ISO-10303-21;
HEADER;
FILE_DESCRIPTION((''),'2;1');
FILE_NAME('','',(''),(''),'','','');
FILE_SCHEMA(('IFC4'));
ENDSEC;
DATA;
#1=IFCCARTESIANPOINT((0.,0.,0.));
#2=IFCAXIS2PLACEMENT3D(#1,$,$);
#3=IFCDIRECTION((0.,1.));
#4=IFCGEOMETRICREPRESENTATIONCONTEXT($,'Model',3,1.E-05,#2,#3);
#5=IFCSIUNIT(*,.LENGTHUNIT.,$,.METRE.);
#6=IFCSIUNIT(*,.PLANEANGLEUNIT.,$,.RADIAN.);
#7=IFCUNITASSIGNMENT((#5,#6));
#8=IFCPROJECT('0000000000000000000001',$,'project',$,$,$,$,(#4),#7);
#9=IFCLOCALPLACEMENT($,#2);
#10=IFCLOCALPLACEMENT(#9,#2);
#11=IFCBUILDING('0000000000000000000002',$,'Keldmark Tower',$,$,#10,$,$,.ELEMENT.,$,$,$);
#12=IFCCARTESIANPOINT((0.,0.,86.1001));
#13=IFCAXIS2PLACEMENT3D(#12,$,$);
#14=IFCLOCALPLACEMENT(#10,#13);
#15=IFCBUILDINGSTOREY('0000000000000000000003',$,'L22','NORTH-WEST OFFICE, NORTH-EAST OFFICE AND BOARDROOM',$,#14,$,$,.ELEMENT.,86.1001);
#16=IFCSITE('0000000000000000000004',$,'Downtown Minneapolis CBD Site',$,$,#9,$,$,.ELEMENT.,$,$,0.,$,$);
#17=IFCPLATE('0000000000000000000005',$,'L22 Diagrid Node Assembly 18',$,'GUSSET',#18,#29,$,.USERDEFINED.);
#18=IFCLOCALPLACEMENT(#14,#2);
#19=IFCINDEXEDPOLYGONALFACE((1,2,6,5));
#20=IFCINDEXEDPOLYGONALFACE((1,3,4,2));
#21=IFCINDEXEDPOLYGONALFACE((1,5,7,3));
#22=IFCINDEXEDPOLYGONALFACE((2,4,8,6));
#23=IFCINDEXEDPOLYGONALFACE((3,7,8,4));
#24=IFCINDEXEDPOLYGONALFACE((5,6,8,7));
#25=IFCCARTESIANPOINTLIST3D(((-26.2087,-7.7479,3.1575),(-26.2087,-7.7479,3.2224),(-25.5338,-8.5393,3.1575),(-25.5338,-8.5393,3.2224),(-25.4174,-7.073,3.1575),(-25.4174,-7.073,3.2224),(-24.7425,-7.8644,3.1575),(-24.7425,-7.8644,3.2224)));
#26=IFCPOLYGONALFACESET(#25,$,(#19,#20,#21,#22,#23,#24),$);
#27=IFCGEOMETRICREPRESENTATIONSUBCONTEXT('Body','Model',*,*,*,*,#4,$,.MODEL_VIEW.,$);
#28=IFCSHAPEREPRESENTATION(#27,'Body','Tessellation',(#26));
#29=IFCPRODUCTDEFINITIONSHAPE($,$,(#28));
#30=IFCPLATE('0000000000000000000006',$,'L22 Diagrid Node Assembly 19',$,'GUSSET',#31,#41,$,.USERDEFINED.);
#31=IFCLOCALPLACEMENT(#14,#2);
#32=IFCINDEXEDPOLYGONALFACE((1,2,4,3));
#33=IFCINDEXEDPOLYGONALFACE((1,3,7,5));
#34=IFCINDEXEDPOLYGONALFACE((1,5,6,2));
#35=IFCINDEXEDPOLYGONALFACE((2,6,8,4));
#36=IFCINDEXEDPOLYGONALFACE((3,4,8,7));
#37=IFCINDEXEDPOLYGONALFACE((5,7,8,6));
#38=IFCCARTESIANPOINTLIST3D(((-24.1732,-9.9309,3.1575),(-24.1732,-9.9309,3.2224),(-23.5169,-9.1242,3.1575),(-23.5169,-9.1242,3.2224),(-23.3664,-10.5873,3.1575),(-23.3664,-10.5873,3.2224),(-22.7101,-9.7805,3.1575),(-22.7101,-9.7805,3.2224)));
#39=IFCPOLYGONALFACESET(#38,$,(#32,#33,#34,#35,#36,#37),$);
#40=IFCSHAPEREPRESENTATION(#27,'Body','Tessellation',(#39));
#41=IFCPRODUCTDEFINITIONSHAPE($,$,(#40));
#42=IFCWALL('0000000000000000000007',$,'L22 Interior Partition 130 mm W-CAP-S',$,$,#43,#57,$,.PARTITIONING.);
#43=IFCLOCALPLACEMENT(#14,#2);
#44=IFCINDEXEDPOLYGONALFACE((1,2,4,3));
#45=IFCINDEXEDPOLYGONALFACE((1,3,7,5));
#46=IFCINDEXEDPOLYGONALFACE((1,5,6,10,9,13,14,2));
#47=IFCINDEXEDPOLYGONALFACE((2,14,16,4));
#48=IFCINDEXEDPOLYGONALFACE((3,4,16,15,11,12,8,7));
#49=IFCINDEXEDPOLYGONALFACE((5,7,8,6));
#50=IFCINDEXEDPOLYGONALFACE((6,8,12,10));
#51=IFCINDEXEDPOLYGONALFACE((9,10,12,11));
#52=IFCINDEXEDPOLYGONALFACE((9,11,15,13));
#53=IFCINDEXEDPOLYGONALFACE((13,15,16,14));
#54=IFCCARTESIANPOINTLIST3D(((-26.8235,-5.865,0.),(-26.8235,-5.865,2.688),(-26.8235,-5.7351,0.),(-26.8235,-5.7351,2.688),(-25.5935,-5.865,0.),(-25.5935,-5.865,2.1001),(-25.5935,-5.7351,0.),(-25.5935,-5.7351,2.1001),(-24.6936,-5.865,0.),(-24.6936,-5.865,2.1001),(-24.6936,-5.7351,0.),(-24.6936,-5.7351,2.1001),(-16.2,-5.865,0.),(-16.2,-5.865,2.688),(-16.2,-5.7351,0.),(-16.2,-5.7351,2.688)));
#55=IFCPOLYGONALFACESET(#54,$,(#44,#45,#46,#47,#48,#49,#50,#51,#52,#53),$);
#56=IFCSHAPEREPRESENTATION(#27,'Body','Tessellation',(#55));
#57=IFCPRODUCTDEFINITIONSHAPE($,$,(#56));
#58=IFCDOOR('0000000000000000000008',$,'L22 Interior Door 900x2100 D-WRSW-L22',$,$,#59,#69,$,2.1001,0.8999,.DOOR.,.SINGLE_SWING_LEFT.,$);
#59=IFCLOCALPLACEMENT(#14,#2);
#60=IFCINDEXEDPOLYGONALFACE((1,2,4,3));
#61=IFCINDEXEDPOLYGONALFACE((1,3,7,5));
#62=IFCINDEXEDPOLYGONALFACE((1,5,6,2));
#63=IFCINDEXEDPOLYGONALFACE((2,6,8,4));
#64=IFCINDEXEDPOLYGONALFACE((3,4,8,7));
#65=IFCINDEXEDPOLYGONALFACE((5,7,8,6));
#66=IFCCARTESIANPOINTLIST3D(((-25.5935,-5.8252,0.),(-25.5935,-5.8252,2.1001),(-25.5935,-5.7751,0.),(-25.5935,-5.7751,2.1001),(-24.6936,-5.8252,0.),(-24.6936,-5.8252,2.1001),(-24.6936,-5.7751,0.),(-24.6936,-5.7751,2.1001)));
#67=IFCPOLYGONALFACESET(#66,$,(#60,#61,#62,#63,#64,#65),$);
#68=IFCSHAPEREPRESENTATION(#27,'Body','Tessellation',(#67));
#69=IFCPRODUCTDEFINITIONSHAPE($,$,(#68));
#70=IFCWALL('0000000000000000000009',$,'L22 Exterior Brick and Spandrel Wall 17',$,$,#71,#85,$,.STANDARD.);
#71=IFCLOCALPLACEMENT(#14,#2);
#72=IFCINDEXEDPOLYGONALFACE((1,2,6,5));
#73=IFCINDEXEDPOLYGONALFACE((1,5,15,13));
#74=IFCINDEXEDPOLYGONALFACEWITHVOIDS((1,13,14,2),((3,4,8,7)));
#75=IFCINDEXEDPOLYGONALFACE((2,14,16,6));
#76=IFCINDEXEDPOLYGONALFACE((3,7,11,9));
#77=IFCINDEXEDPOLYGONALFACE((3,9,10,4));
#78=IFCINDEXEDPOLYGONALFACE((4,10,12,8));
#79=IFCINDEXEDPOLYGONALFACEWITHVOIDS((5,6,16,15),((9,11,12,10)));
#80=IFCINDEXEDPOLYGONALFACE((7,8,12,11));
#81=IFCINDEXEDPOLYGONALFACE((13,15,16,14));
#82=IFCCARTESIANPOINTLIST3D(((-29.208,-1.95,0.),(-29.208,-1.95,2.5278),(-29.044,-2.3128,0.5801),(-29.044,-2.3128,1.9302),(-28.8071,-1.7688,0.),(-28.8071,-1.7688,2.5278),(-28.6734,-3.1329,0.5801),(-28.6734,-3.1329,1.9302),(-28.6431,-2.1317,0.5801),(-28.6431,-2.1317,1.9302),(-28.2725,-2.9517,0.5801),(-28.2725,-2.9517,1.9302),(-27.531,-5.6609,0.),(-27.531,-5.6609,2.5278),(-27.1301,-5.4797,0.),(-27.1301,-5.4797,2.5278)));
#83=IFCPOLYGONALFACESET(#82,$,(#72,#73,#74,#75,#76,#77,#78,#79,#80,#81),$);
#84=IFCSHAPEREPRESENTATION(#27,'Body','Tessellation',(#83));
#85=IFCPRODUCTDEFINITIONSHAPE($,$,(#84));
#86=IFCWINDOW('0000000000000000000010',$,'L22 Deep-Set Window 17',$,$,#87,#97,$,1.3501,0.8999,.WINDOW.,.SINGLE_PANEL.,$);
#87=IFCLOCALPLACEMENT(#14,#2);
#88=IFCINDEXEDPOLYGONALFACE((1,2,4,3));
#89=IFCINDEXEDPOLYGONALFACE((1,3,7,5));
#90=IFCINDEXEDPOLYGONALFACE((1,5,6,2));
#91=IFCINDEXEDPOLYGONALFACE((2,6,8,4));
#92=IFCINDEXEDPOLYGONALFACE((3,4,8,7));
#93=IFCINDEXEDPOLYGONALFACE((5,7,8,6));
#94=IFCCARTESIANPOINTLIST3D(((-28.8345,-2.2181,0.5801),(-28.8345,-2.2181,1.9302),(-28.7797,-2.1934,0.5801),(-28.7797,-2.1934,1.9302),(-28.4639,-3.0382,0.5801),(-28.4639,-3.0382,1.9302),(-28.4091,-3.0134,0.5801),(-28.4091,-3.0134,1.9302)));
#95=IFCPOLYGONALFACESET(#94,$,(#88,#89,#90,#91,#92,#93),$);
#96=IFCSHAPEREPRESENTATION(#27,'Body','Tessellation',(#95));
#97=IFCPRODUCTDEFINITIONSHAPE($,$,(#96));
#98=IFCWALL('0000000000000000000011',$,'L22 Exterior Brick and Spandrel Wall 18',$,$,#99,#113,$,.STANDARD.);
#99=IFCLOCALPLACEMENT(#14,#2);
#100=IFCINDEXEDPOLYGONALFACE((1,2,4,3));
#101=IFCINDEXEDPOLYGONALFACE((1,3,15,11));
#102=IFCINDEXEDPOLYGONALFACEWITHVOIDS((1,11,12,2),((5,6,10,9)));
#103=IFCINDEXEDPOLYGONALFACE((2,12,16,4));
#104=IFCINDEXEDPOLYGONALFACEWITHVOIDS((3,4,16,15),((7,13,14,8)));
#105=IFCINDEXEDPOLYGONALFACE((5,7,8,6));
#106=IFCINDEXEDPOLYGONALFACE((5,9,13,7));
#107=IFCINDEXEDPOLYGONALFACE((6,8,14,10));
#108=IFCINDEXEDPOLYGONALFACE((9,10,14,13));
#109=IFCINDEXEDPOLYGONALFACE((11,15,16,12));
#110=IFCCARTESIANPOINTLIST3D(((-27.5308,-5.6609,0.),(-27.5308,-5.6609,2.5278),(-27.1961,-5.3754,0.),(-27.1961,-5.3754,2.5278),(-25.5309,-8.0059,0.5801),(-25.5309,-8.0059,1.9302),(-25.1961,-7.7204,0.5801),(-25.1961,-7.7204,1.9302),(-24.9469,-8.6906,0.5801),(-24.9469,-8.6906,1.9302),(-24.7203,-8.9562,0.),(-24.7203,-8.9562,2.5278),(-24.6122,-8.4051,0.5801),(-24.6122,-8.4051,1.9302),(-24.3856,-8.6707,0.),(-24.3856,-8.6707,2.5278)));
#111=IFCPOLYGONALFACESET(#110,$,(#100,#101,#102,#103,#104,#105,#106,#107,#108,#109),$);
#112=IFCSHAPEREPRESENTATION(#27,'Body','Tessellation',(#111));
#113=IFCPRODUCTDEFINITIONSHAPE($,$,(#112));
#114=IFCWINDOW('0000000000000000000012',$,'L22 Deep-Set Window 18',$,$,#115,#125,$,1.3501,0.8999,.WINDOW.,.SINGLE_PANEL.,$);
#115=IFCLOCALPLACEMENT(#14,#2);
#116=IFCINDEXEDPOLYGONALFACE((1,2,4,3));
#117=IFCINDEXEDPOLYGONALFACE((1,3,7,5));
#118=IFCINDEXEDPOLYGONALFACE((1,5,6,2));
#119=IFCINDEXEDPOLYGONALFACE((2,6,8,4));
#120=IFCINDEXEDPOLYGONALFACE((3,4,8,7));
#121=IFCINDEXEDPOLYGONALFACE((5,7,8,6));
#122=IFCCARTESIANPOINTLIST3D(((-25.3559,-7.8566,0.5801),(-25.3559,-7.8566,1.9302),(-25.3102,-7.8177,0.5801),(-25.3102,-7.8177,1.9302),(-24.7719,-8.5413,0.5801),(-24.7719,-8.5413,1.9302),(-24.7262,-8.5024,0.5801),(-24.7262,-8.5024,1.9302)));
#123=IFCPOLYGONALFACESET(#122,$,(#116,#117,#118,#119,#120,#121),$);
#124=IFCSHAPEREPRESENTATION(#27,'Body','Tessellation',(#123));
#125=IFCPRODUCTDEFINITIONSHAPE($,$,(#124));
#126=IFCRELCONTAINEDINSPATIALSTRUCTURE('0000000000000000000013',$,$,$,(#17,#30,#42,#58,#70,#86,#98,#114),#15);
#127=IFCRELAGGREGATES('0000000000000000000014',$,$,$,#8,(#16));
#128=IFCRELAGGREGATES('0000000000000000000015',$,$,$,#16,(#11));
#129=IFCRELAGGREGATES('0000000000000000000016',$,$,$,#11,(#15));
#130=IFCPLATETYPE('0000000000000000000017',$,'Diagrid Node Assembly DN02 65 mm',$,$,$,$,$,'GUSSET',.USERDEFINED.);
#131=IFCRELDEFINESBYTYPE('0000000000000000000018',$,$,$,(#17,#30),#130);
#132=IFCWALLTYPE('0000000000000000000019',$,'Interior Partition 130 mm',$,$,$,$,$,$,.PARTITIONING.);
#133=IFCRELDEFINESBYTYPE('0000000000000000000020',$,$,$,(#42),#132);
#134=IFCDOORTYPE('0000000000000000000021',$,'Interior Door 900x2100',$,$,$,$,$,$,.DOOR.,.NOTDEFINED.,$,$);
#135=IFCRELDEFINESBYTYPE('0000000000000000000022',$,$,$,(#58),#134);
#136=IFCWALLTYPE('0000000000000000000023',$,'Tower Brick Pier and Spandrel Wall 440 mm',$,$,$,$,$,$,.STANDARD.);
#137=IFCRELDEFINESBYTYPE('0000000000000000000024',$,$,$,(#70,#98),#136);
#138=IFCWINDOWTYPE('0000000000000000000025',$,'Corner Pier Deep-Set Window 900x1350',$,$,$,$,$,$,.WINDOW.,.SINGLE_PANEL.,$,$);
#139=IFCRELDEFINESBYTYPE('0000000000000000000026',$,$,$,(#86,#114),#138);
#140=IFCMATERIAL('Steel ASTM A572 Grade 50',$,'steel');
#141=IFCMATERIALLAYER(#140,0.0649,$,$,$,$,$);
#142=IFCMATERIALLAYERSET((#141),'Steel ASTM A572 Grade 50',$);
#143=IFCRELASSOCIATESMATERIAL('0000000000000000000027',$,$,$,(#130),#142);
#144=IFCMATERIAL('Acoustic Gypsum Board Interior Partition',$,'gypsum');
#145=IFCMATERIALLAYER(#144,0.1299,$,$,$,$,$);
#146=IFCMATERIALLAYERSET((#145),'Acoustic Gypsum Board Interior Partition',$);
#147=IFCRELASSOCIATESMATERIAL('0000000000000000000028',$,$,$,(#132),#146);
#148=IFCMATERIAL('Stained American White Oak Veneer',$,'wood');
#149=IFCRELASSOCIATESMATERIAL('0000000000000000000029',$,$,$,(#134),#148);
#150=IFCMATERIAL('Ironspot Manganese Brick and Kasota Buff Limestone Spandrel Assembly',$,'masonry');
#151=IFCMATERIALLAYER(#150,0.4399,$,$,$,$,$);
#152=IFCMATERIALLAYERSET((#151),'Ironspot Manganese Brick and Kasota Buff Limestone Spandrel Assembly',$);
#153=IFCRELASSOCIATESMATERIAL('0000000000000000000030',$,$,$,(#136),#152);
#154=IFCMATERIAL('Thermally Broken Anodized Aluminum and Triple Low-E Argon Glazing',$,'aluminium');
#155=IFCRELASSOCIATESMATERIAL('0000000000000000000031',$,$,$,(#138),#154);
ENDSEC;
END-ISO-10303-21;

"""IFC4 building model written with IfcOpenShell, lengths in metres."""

from ifc_helpers import new_model, si_unit, direction, frame, frame_2d, origin, origin_2d, place, context, subcontext, project, spatial, rectangle, extrude, material, layer, layer_set, type_object, element, fill, save


model = new_model("IFC4")

# Units and contexts
model_context = context("Model", 3, precision=1e-05, world=origin(), true_north=direction((0.0, 1.0)))
body_context = subcontext(model_context, "Body", "Model", "MODEL_VIEW")
ifc_project = project(units=[si_unit("LENGTHUNIT", "METRE"), si_unit("PLANEANGLEUNIT", "RADIAN")], contexts=[model_context])

# Site, building, storey
site_placement = place(None, origin())
site = spatial("IfcSite", under=ifc_project, at=site_placement, Name="Downtown Minneapolis CBD Site", CompositionType="ELEMENT", RefElevation=0.0)
building_placement = place(site_placement, origin())
building = spatial("IfcBuilding", under=site, at=building_placement, Name="Keldmark Tower", CompositionType="ELEMENT")
storey_placement = place(building_placement, frame((0.0, 0.0, 86.1001)))
storey = spatial("IfcBuildingStorey", under=building, at=storey_placement, Name="L22", Description="NORTH-WEST OFFICE, NORTH-EAST OFFICE AND BOARDROOM", CompositionType="ELEMENT", Elevation=86.1001)

# Plates
ifc_material_1 = material(Name="Steel ASTM A572 Grade 50", Category="steel")
ifc_layer_1 = layer(ifc_material_1, 0.0649)
ifc_layer_set_1 = layer_set([ifc_layer_1], Name="Steel ASTM A572 Grade 50")
plate_type = type_object("IfcPlateType", Name="Diagrid Node Assembly DN02 65 mm", ElementType="GUSSET", PredefinedType="USERDEFINED", material=ifc_layer_set_1)
for number, where, z_axis, x_axis, name in (
    (1, (-25.4756, -7.8062, 3.1575), (0.0, 0.0, 1.0), (0.648917, -0.760859, 0.0), "L22 Diagrid Node Assembly 18"),
    (2, (-23.4417, -9.8557, 3.1575), (0.0, 0.0, 1.0), (0.775716, -0.631082, 0.0), "L22 Diagrid Node Assembly 19"),
):
    element("IfcPlate", number, at=place(storey_placement, frame(where, z_axis=z_axis, x_axis=x_axis)), inside=storey, type_object=plate_type, Name=name, ObjectType="GUSSET", PredefinedType="USERDEFINED", context=body_context, shape_type="SweptSolid", body=[
        extrude(rectangle(XDim=1.04, YDim=1.04, at=origin_2d()), origin(), (0.0, 0.0, 1.0), 0.0649),
    ])

# Wall, opening, door
ifc_material_2 = material(Name="Acoustic Gypsum Board Interior Partition", Category="gypsum")
ifc_layer_2 = layer(ifc_material_2, 0.1299)
ifc_layer_set_2 = layer_set([ifc_layer_2], Name="Acoustic Gypsum Board Interior Partition")
wall_type_1 = type_object("IfcWallType", Name="Interior Partition 130 mm", PredefinedType="PARTITIONING", material=ifc_layer_set_2)
wall_1_placement = place(storey_placement, frame((-26.8235, -5.8, 0.0), z_axis=(0.0, 0.0, 1.0), x_axis=(1.0, 0.0, 0.0)))
wall_1 = element("IfcWall", 3, at=wall_1_placement, inside=storey, type_object=wall_type_1, Name="L22 Interior Partition 130 mm W-CAP-S", PredefinedType="PARTITIONING", context=body_context, shape_type="SweptSolid", body=[
    extrude(rectangle(XDim=10.6235, YDim=0.1299, at=frame_2d((5.3118, 0.0))), origin(), (0.0, 0.0, 1.0), 2.688),
])
opening_1_placement = place(wall_1_placement, frame((1.23, 0.0, 0.0)))
opening_1 = element("IfcOpeningElement", 4, at=opening_1_placement, cuts=wall_1, PredefinedType="OPENING", context=body_context, shape_type="SweptSolid", body=[
    extrude(rectangle(XDim=0.8999, YDim=2.1001, at=frame_2d((0.45, 1.05))), frame((0.0, 0.075, 0.0), z_axis=(0.0, -1.0, 0.0), x_axis=(1.0, 0.0, 0.0)), (0.0, 0.0, 1.0), 0.1499),
])
ifc_material_3 = material(Name="Stained American White Oak Veneer", Category="wood")
door_type = type_object("IfcDoorType", Name="Interior Door 900x2100", OperationType="NOTDEFINED", PredefinedType="DOOR", material=ifc_material_3)
door_placement = place(opening_1_placement, origin())
door = element("IfcDoor", 5, at=door_placement, inside=storey, type_object=door_type, Name="L22 Interior Door 900x2100 D-WRSW-L22", OperationType="SINGLE_SWING_LEFT", OverallHeight=2.1001, OverallWidth=0.8999, PredefinedType="DOOR", context=body_context, shape_type="SweptSolid", body=[
    extrude(rectangle(XDim=0.8999, YDim=2.1001, at=frame_2d((0.45, 1.05))), frame((0.0, 0.0249, 0.0), z_axis=(0.0, -1.0, 0.0), x_axis=(1.0, 0.0, 0.0)), (0.0, 0.0, 1.0), 0.05),
])
fill(opening_1, door)

# Walls, openings, windows
ifc_material_4 = material(Name="Ironspot Manganese Brick and Kasota Buff Limestone Spandrel Assembly", Category="masonry")
ifc_layer_3 = layer(ifc_material_4, 0.4399)
ifc_layer_set_3 = layer_set([ifc_layer_3], Name="Ironspot Manganese Brick and Kasota Buff Limestone Spandrel Assembly")
wall_type_2 = type_object("IfcWallType", Name="Tower Brick Pier and Spandrel Wall 440 mm", PredefinedType="STANDARD", material=ifc_layer_set_3)
wall_2_placement = place(storey_placement, frame((-27.3306, -5.5703, 0.0), z_axis=(0.0, 0.0, 1.0), x_axis=(-0.41181, 0.91127, 0.0)))
wall_2 = element("IfcWall", 6, at=wall_2_placement, inside=storey, type_object=wall_type_2, Name="L22 Exterior Brick and Spandrel Wall 17", PredefinedType="STANDARD", context=body_context, shape_type="SweptSolid", body=[
    extrude(rectangle(XDim=4.0723, YDim=0.4399, at=frame_2d((2.0361, 0.0))), origin(), (0.0, 0.0, 1.0), 2.5278),
])
opening_2_placement = place(wall_2_placement, frame((2.7742, 0.0, 0.5801)))
opening_2 = element("IfcOpeningElement", 7, at=opening_2_placement, cuts=wall_2, PredefinedType="OPENING", context=body_context, shape_type="SweptSolid", body=[
    extrude(rectangle(XDim=0.8999, YDim=1.3501, at=frame_2d((0.45, 0.675))), frame((0.0, 0.23, 0.0), z_axis=(0.0, -1.0, 0.0), x_axis=(1.0, 0.0, 0.0)), (0.0, 0.0, 1.0), 0.46),
])
ifc_material_5 = material(Name="Thermally Broken Anodized Aluminum and Triple Low-E Argon Glazing", Category="aluminium")
window_type = type_object("IfcWindowType", Name="Corner Pier Deep-Set Window 900x1350", PartitioningType="SINGLE_PANEL", PredefinedType="WINDOW", material=ifc_material_5)
window_1_placement = place(opening_2_placement, origin())
window_1 = element("IfcWindow", 8, at=window_1_placement, inside=storey, type_object=window_type, Name="L22 Deep-Set Window 17", OverallHeight=1.3501, OverallWidth=0.8999, PartitioningType="SINGLE_PANEL", PredefinedType="WINDOW", context=body_context, shape_type="SweptSolid", body=[
    extrude(rectangle(XDim=0.8999, YDim=1.3501, at=frame_2d((0.45, 0.675))), frame((0.0, -0.01, 0.0), z_axis=(0.0, -1.0, 0.0), x_axis=(1.0, 0.0, 0.0)), (0.0, 0.0, 1.0), 0.0601),
])
fill(opening_2, window_1)
wall_3_placement = place(storey_placement, frame((-24.553, -8.8135, 0.0), z_axis=(0.0, 0.0, 1.0), x_axis=(-0.648914, 0.760862, 0.0)))
wall_3 = element("IfcWall", 9, at=wall_3_placement, inside=storey, type_object=wall_type_2, Name="L22 Exterior Brick and Spandrel Wall 18", PredefinedType="STANDARD", context=body_context, shape_type="SweptSolid", body=[
    extrude(rectangle(XDim=4.3311, YDim=0.4399, at=frame_2d((2.1655, 0.0))), origin(), (0.0, 0.0, 1.0), 2.5278),
])
opening_3_placement = place(wall_3_placement, frame((0.3491, 0.0, 0.5801)))
opening_3 = element("IfcOpeningElement", 10, at=opening_3_placement, cuts=wall_3, PredefinedType="OPENING", context=body_context, shape_type="SweptSolid", body=[
    extrude(rectangle(XDim=0.8999, YDim=1.3501, at=frame_2d((0.45, 0.675))), frame((0.0, 0.23, 0.0), z_axis=(0.0, -1.0, 0.0), x_axis=(1.0, 0.0, 0.0)), (0.0, 0.0, 1.0), 0.46),
])
window_2_placement = place(opening_3_placement, origin())
window_2 = element("IfcWindow", 11, at=window_2_placement, inside=storey, type_object=window_type, Name="L22 Deep-Set Window 18", OverallHeight=1.3501, OverallWidth=0.8999, PartitioningType="SINGLE_PANEL", PredefinedType="WINDOW", context=body_context, shape_type="SweptSolid", body=[
    extrude(rectangle(XDim=0.8999, YDim=1.3501, at=frame_2d((0.45, 0.675))), frame((0.0, -0.01, 0.0), z_axis=(0.0, -1.0, 0.0), x_axis=(1.0, 0.0, 0.0)), (0.0, 0.0, 1.0), 0.0601),
])
fill(opening_3, window_2)

save(model, "model.ifc")
